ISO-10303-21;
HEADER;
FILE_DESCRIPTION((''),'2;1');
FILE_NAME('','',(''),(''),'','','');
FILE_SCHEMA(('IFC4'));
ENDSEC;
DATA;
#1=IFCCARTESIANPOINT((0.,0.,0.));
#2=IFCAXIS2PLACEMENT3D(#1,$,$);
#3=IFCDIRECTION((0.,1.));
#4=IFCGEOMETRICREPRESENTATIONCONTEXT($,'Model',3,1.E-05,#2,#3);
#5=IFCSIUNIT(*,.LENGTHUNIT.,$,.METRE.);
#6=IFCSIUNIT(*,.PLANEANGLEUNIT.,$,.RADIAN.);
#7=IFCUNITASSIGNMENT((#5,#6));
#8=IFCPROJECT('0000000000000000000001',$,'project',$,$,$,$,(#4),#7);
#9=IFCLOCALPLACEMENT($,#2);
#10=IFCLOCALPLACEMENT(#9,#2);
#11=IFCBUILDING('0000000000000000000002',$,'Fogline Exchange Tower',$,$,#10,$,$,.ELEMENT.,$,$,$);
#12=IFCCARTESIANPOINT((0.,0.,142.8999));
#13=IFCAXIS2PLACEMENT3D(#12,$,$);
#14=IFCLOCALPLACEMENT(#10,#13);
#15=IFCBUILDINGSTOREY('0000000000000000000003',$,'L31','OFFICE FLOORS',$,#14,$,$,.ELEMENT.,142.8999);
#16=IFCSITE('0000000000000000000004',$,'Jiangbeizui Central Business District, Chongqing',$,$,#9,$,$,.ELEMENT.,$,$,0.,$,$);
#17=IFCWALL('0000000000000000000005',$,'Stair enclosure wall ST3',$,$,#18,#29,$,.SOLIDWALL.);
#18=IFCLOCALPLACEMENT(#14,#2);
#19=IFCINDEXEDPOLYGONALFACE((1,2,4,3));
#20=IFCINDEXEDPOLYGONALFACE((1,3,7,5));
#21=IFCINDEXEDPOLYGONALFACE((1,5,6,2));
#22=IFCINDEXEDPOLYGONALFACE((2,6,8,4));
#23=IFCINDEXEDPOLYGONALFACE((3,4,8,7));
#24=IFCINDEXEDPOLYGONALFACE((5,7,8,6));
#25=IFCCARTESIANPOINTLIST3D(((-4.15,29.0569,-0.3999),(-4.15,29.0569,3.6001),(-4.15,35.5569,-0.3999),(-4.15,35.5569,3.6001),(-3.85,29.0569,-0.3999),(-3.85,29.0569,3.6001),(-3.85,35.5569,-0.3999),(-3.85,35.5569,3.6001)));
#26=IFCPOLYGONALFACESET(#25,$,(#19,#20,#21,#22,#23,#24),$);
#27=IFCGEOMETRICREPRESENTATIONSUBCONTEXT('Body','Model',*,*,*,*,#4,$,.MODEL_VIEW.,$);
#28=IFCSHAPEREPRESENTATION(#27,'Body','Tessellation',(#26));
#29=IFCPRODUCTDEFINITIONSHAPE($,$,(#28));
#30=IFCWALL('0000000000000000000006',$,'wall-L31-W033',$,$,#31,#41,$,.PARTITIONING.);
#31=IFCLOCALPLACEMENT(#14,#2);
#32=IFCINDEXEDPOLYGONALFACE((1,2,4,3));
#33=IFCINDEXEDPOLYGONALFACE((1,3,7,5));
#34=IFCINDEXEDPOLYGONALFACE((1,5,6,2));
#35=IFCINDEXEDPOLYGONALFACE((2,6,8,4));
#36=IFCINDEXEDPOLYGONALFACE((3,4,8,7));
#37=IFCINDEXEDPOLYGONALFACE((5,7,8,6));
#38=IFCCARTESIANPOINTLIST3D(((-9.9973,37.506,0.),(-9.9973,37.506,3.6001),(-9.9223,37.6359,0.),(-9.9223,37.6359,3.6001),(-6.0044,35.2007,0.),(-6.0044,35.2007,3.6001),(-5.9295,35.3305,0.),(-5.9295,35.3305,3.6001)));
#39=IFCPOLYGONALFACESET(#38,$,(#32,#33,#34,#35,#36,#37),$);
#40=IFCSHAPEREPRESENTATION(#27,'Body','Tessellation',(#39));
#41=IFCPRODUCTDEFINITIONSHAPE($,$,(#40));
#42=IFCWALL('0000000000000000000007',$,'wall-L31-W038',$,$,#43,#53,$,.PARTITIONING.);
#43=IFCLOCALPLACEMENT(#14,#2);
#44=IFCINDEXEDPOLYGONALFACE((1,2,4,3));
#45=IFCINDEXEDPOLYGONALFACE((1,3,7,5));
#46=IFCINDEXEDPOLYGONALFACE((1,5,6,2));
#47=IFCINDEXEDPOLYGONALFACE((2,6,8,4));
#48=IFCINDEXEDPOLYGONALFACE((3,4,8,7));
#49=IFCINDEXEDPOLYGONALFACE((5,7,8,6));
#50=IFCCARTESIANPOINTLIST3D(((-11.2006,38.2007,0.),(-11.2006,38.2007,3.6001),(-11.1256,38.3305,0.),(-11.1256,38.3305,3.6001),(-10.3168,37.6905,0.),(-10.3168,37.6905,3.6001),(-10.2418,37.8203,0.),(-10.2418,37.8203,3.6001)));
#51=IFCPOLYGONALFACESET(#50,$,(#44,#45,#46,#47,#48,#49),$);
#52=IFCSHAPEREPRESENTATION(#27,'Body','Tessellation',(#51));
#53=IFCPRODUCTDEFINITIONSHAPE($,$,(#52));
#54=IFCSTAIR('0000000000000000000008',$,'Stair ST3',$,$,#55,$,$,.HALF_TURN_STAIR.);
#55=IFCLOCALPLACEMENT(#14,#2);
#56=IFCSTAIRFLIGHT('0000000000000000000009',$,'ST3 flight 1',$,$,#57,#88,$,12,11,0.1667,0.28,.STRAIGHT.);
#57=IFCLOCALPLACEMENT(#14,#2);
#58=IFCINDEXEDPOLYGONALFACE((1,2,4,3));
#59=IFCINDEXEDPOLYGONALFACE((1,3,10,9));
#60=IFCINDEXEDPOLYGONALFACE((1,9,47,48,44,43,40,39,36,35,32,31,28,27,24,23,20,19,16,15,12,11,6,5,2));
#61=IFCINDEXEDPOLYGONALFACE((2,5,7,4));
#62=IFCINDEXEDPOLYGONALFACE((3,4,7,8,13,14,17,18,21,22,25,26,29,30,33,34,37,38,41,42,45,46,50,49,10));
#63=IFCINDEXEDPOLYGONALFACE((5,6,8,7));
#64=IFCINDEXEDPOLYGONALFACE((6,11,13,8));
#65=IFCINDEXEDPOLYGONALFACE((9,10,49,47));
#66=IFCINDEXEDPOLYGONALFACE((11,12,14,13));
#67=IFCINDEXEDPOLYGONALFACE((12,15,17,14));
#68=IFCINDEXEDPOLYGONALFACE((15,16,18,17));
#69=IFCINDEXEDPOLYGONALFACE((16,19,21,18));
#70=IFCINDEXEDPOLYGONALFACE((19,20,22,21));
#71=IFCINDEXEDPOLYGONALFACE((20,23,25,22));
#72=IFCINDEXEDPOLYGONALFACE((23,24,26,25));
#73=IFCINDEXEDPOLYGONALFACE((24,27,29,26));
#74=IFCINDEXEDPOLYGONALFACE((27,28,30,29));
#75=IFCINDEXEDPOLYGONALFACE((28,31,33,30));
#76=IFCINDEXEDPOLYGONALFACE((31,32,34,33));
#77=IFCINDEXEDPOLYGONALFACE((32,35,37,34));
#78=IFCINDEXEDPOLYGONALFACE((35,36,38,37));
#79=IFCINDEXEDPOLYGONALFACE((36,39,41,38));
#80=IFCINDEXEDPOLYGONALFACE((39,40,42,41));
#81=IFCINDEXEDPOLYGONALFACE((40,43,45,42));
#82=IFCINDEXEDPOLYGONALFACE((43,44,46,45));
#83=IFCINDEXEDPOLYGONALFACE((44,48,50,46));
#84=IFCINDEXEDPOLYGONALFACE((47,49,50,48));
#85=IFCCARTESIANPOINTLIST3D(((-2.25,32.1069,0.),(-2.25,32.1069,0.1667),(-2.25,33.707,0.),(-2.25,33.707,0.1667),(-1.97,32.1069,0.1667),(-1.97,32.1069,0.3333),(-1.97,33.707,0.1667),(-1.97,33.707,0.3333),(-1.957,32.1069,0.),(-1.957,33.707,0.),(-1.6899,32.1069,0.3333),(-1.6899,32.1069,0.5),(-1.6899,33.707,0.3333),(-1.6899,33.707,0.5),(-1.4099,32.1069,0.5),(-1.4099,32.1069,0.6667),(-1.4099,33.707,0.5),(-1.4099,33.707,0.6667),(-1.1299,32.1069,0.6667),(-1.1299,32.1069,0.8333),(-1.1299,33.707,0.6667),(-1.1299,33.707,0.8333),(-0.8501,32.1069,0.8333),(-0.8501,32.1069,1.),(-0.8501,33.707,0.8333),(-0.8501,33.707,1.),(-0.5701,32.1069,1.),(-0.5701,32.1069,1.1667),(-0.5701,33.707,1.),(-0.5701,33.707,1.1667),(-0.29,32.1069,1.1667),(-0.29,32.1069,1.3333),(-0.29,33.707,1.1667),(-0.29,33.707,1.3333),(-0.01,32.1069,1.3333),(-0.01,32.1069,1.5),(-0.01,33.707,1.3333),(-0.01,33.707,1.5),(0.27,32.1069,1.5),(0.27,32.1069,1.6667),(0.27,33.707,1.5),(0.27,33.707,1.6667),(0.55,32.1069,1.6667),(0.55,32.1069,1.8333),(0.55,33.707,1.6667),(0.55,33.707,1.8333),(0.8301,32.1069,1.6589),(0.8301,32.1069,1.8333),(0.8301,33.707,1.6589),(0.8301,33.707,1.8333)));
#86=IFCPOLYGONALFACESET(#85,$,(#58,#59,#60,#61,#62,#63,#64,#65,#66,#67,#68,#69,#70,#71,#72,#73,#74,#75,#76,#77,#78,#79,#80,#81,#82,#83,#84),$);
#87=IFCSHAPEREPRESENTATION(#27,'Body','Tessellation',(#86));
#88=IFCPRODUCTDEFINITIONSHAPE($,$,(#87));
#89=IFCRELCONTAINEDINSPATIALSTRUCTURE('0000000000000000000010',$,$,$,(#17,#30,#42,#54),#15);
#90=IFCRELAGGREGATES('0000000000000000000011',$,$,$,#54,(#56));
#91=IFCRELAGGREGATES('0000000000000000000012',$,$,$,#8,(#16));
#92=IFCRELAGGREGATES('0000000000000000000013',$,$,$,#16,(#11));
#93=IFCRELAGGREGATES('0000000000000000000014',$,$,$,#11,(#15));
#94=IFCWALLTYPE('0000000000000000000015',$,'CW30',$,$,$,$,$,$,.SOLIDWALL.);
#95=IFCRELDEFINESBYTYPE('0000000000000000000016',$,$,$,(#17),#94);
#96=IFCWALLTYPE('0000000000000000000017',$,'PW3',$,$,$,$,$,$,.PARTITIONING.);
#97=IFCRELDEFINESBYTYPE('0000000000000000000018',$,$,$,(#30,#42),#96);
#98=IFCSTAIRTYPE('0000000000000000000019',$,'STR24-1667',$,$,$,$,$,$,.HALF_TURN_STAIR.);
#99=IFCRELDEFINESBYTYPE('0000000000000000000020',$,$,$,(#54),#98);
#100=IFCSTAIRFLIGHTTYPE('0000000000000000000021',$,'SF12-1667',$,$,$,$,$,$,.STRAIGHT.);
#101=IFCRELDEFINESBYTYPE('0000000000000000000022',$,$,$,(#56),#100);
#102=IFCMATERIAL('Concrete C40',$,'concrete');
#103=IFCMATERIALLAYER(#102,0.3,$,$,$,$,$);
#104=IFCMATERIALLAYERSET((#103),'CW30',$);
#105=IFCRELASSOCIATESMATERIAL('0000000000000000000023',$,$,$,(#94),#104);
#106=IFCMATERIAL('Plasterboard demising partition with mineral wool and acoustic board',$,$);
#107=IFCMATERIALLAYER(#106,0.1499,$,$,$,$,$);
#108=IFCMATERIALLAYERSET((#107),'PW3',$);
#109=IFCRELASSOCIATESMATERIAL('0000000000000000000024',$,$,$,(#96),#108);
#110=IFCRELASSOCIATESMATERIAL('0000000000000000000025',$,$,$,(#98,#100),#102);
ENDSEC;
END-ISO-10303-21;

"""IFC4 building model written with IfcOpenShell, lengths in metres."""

from ifc_helpers import new_model, si_unit, direction, frame, frame_2d, origin, place, context, subcontext, project, spatial, polyline, rectangle, outline, extrude, material, layer, layer_set, type_object, element, aggregate, save


model = new_model("IFC4")

# Units and contexts
model_context = context("Model", 3, precision=1e-05, world=origin(), true_north=direction((0.0, 1.0)))
body_context = subcontext(model_context, "Body", "Model", "MODEL_VIEW")
ifc_project = project(units=[si_unit("LENGTHUNIT", "METRE"), si_unit("PLANEANGLEUNIT", "RADIAN")], contexts=[model_context])

# Site, building, storey
site_placement = place(None, origin())
site = spatial("IfcSite", under=ifc_project, at=site_placement, Name="Jiangbeizui Central Business District, Chongqing", CompositionType="ELEMENT", RefElevation=0.0)
building_placement = place(site_placement, origin())
building = spatial("IfcBuilding", under=site, at=building_placement, Name="Fogline Exchange Tower", CompositionType="ELEMENT")
storey_placement = place(building_placement, frame((0.0, 0.0, 142.8999)))
storey = spatial("IfcBuildingStorey", under=building, at=storey_placement, Name="L31", Description="OFFICE FLOORS", CompositionType="ELEMENT", Elevation=142.8999)

# Shared definitions
ifc_material_1 = material(Name="Concrete C40", Category="concrete")

# Shared definitions
ifc_layer_1 = layer(ifc_material_1, 0.3)
ifc_layer_set_1 = layer_set([ifc_layer_1], Name="CW30")
wall_type_1 = type_object("IfcWallType", Name="CW30", PredefinedType="SOLIDWALL", material=ifc_layer_set_1)

# Walls
wall_1_placement = place(storey_placement, frame((-4.0, 29.0569, -0.3999), z_axis=(0.0, 0.0, 1.0), x_axis=(0.0, 1.0, 0.0)))
element("IfcWall", 1, at=wall_1_placement, inside=storey, type_object=wall_type_1, Name="Stair enclosure wall ST3", PredefinedType="SOLIDWALL", context=body_context, shape_type="SweptSolid", body=[
    extrude(rectangle(XDim=6.5, YDim=0.3, at=frame_2d((3.25, 0.0))), origin(), (0.0, 0.0, 1.0), 4.0),
])
ifc_material_2 = material(Name="Plasterboard demising partition with mineral wool and acoustic board")
ifc_layer_2 = layer(ifc_material_2, 0.1499)
ifc_layer_set_2 = layer_set([ifc_layer_2], Name="PW3")
wall_type_2 = type_object("IfcWallType", Name="PW3", PredefinedType="PARTITIONING", material=ifc_layer_set_2)
wall_2_placement = place(storey_placement, frame((-5.967, 35.2656, 0.0), z_axis=(0.0, 0.0, 1.0), x_axis=(-0.866015, 0.500017, 0.0)))
element("IfcWall", 2, at=wall_2_placement, inside=storey, type_object=wall_type_2, Name="wall-L31-W033", PredefinedType="PARTITIONING", context=body_context, shape_type="SweptSolid", body=[
    extrude(rectangle(XDim=4.6106, YDim=0.1499, at=frame_2d((2.3052, 0.0))), origin(), (0.0, 0.0, 1.0), 3.6001),
])
wall_3_placement = place(storey_placement, frame((-10.2793, 37.7554, 0.0), z_axis=(0.0, 0.0, 1.0), x_axis=(-0.866026, 0.499999, 0.0)))
element("IfcWall", 3, at=wall_3_placement, inside=storey, type_object=wall_type_2, Name="wall-L31-W038", PredefinedType="PARTITIONING", context=body_context, shape_type="SweptSolid", body=[
    extrude(rectangle(XDim=1.0205, YDim=0.1499, at=frame_2d((0.5103, 0.0))), origin(), (0.0, 0.0, 1.0), 3.6001),
])

# Stair, stair flight
stair_type = type_object("IfcStairType", Name="STR24-1667", PredefinedType="HALF_TURN_STAIR", material=ifc_material_1)
stair_placement = place(storey_placement, origin())
stair = element("IfcStair", 4, at=stair_placement, inside=storey, type_object=stair_type, Name="Stair ST3", PredefinedType="HALF_TURN_STAIR")
stair_flight_type = type_object("IfcStairFlightType", Name="SF12-1667", PredefinedType="STRAIGHT", material=ifc_material_1)
stair_flight_placement = place(storey_placement, frame((-2.25, 32.907, 0.0), z_axis=(0.0, 0.0, 1.0), x_axis=(1.0, 0.0, 0.0)))
stair_flight = element("IfcStairFlight", 5, at=stair_flight_placement, type_object=stair_flight_type, Name="ST3 flight 1", NumberOfRisers=12, NumberOfTreads=11, PredefinedType="STRAIGHT", RiserHeight=0.1667, TreadLength=0.28, context=body_context, shape_type="SweptSolid", body=[
    extrude(outline(polyline([(0.0, 0.0), (0.0, 0.1667), (0.28, 0.1667), (0.28, 0.3333), (0.5601, 0.3333), (0.5601, 0.5), (0.8401, 0.5), (0.8401, 0.6667), (1.1201, 0.6667), (1.1201, 0.8333), (1.3999, 0.8333), (1.3999, 1.0), (1.6799, 1.0), (1.6799, 1.1667), (1.96, 1.1667), (1.96, 1.3333), (2.24, 1.3333), (2.24, 1.5), (2.52, 1.5), (2.52, 1.6667), (2.8, 1.6667), (2.8, 1.8333), (3.0801, 1.8333), (3.0801, 2.0), (3.0801, 1.6589), (0.293, 0.0), (0.0, 0.0)])), frame((0.0, 0.8, 0.0), z_axis=(0.0, -1.0, 0.0), x_axis=(1.0, 0.0, 0.0)), (0.0, 0.0, 1.0), 1.6001),
])
aggregate(stair, [stair_flight])

save(model, "model.ifc")
